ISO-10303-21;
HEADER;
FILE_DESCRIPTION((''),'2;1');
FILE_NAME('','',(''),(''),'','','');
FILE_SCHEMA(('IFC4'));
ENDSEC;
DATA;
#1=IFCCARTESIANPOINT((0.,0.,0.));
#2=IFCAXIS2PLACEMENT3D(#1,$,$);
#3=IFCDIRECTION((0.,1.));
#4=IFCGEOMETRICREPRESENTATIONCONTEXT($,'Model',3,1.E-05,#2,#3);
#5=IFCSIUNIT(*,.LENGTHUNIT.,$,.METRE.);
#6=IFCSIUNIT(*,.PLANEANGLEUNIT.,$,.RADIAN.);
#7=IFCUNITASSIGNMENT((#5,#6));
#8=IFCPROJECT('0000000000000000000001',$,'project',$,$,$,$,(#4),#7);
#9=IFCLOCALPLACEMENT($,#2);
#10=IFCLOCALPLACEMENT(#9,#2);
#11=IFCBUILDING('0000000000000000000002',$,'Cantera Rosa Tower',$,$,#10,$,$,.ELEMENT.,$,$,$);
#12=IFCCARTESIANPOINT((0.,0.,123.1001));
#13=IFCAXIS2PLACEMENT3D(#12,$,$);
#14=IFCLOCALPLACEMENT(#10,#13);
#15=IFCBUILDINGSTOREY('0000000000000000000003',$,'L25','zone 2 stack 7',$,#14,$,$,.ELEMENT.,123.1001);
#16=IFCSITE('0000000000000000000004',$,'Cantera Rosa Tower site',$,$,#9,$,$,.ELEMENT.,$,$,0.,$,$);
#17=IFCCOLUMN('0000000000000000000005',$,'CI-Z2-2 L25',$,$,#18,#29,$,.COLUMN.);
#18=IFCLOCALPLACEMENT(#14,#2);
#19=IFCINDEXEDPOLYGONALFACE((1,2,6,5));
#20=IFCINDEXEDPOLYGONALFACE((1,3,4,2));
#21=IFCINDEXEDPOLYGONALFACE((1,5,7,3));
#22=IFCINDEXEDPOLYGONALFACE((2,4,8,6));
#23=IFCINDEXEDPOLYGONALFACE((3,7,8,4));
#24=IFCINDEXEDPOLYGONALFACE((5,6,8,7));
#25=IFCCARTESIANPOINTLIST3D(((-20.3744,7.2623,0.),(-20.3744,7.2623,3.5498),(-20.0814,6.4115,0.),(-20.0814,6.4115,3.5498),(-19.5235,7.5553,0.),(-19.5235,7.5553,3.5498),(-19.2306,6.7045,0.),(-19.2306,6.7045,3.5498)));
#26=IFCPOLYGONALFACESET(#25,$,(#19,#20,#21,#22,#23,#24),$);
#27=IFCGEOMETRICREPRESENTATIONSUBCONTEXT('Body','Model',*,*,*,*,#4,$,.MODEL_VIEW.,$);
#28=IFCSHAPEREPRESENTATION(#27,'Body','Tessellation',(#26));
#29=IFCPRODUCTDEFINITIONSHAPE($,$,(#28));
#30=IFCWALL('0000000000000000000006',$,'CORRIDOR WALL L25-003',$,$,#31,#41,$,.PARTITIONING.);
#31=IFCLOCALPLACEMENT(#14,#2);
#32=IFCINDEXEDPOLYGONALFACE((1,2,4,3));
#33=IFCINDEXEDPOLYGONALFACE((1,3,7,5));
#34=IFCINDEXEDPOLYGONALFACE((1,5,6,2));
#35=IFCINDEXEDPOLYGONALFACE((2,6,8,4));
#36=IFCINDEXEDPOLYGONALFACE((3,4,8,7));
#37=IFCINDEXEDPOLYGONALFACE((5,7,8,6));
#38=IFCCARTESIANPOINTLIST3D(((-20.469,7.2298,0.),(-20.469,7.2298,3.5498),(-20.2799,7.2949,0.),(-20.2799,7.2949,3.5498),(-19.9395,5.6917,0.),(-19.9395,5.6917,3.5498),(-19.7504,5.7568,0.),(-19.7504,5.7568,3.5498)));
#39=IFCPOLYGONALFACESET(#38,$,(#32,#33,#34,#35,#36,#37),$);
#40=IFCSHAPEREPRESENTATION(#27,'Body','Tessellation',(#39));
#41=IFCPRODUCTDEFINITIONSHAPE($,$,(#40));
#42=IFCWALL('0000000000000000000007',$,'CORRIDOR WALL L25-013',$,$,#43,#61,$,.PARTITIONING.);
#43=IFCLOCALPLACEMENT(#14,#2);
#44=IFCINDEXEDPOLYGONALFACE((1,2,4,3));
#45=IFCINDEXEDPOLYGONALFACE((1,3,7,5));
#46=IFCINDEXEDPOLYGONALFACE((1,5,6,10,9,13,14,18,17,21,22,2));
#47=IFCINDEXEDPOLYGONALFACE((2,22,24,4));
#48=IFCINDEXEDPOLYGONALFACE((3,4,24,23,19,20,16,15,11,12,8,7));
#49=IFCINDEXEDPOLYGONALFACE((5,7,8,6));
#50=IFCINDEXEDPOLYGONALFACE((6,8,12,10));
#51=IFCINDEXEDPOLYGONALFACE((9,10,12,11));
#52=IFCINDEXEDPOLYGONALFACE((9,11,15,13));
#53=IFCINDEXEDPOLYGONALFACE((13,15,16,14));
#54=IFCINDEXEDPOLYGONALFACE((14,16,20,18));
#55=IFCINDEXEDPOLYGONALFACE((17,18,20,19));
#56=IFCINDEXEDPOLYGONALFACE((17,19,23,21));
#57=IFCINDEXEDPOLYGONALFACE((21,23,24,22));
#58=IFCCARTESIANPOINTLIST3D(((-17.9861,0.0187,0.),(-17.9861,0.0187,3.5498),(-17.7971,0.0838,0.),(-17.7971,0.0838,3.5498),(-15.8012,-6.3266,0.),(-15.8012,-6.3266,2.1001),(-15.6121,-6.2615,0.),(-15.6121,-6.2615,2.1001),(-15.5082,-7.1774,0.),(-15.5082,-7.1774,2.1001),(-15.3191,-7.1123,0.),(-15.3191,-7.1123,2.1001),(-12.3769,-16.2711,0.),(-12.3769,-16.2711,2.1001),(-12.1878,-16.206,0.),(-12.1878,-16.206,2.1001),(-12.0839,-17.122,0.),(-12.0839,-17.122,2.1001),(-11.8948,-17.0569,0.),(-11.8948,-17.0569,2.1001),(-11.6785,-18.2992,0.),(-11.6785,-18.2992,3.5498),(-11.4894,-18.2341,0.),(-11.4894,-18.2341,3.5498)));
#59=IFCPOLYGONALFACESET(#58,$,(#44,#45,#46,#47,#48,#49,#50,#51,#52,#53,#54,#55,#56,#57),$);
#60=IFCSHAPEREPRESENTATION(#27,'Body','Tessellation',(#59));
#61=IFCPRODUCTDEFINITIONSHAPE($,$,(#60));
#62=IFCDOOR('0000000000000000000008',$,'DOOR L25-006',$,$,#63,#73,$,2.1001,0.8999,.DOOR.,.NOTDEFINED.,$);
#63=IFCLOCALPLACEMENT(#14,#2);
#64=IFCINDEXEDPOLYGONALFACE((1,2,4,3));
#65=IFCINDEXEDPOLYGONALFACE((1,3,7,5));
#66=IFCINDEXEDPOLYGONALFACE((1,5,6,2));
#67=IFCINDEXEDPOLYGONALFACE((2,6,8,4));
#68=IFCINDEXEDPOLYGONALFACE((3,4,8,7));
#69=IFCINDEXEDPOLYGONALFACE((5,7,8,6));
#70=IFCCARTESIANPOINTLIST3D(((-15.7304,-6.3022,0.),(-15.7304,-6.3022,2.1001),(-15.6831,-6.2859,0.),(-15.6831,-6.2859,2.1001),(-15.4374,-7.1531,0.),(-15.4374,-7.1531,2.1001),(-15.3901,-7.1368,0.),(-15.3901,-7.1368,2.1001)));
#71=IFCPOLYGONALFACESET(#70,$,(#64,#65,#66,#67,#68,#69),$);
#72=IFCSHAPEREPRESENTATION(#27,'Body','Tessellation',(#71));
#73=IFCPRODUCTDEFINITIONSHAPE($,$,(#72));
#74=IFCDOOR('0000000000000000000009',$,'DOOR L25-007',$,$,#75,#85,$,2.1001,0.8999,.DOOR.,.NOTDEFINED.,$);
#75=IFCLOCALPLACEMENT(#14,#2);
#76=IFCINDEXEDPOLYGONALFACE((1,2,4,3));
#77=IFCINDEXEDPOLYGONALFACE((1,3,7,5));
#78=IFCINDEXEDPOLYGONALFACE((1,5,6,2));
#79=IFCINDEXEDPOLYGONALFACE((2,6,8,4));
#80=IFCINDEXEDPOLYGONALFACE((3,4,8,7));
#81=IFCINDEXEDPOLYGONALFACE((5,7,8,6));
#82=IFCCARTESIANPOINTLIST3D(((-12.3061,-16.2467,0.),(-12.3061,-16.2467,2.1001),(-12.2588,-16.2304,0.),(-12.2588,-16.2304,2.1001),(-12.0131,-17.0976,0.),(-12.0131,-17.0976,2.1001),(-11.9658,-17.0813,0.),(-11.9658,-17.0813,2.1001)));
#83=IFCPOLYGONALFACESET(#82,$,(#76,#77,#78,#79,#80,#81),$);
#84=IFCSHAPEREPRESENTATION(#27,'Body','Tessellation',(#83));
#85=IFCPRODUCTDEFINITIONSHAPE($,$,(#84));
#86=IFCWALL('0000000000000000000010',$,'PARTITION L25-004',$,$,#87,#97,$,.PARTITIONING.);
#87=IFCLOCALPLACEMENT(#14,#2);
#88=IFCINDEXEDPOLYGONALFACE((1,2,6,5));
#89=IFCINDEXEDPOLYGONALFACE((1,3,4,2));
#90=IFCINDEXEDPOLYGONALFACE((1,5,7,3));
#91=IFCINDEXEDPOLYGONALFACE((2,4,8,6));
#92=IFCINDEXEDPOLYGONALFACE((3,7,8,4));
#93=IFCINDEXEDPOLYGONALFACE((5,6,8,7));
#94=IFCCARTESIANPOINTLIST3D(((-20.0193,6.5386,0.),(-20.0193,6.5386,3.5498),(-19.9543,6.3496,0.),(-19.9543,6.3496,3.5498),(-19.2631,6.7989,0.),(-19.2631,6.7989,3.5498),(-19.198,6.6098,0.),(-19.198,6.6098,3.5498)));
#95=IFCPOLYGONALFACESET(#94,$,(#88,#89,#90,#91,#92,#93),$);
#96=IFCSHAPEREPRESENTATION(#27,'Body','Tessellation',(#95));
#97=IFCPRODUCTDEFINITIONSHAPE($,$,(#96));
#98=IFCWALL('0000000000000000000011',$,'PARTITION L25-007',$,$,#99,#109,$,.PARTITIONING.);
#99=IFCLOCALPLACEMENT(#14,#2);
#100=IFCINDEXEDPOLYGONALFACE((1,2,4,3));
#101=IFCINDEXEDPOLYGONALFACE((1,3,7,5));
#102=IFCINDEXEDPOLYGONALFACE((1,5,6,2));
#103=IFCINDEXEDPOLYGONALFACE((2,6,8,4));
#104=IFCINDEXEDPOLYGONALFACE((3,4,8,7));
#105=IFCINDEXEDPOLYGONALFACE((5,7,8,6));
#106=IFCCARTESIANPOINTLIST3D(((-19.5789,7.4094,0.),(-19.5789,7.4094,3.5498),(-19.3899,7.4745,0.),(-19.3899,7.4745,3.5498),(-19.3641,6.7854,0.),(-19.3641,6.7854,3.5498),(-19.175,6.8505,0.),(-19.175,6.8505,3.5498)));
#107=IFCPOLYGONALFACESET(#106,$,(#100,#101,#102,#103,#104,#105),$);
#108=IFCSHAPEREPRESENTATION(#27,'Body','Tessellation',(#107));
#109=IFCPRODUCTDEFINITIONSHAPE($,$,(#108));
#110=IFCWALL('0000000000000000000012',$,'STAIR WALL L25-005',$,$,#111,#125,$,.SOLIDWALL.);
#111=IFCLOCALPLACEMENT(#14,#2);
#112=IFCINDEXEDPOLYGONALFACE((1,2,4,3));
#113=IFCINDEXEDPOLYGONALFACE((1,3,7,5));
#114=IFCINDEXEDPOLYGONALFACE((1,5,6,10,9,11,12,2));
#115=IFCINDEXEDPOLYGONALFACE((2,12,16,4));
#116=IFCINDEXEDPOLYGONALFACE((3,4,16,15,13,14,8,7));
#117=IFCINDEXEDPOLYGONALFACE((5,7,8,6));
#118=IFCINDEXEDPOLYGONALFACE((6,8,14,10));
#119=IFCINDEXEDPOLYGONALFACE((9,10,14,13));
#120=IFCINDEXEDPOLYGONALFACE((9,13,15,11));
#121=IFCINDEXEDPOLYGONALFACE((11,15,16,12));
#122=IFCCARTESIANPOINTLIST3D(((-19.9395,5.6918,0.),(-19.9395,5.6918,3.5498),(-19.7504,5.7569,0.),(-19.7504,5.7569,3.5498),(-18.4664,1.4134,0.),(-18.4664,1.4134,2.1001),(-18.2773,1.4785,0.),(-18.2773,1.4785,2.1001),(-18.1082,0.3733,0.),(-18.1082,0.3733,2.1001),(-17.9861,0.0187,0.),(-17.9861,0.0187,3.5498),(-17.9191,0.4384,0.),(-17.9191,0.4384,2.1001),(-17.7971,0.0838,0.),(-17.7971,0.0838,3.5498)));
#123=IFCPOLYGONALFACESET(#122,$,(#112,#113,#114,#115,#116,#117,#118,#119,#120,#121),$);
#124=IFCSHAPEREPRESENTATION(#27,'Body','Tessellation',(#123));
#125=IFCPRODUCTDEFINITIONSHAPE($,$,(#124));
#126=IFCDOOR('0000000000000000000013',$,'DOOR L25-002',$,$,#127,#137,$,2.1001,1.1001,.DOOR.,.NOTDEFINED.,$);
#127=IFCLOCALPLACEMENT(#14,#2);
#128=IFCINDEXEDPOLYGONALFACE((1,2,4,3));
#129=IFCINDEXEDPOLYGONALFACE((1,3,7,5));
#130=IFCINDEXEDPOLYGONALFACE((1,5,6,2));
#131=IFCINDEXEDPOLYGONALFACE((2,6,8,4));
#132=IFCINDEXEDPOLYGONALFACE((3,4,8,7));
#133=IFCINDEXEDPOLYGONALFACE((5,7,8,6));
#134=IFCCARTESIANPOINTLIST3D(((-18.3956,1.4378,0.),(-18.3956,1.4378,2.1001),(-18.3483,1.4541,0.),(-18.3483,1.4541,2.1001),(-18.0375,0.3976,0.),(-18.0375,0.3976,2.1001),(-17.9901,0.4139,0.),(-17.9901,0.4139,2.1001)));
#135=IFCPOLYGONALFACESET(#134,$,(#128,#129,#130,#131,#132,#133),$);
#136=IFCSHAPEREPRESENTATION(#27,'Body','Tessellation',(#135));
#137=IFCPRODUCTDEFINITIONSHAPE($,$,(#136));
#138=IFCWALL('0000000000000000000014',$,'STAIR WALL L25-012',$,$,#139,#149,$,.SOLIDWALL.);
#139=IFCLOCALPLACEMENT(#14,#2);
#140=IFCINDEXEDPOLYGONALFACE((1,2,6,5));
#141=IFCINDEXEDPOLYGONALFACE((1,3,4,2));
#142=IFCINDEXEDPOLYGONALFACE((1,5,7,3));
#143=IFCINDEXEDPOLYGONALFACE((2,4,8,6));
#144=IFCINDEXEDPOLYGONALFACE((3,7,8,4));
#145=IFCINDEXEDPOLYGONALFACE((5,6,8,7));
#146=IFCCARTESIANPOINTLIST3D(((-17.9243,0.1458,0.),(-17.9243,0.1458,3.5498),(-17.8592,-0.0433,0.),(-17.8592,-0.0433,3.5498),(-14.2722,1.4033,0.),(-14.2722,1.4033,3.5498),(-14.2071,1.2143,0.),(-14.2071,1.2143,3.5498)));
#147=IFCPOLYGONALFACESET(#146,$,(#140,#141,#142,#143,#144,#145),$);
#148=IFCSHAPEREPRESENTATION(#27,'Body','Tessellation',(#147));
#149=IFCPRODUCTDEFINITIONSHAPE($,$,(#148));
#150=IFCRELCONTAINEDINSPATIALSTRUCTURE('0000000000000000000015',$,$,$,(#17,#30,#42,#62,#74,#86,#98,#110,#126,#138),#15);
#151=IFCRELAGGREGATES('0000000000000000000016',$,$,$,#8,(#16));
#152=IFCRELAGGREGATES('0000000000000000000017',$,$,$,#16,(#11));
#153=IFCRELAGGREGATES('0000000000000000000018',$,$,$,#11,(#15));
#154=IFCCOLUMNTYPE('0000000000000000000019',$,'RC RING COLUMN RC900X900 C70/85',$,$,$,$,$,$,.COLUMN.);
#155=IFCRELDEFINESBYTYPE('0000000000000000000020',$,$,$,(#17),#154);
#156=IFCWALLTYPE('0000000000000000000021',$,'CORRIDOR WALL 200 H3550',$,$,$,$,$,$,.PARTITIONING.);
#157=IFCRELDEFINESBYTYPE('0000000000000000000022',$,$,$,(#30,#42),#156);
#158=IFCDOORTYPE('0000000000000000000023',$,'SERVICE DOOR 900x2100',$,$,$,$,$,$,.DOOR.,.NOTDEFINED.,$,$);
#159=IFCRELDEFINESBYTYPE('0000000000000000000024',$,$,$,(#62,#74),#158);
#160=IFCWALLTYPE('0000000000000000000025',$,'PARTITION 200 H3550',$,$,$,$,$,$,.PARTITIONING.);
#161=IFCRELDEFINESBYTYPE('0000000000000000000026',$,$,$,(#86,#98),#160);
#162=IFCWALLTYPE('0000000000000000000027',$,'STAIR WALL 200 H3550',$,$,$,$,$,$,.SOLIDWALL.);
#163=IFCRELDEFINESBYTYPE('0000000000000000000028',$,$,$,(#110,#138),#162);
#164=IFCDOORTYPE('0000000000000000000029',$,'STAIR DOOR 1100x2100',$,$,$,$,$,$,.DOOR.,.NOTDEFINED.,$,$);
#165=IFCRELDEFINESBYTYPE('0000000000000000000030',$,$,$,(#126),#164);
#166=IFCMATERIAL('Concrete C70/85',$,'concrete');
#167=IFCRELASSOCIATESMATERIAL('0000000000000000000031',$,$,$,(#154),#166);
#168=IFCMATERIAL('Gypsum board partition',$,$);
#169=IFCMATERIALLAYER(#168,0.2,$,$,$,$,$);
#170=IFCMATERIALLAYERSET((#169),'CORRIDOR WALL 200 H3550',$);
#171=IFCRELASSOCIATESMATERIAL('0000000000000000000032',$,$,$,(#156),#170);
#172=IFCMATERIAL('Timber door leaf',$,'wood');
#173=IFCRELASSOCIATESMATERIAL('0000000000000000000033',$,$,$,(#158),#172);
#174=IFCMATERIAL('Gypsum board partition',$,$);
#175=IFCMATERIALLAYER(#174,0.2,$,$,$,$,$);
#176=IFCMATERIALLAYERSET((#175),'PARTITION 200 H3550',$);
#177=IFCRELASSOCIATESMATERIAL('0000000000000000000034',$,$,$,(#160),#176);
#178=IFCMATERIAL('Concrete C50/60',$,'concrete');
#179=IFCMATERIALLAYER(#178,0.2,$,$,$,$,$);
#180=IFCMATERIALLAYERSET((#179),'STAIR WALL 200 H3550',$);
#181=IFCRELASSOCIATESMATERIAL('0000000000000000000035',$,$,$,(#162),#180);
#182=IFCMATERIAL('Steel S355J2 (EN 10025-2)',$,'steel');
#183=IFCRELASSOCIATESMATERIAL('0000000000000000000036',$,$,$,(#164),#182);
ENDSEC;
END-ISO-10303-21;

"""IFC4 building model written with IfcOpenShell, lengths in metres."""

from ifc_helpers import new_model, si_unit, direction, frame, frame_2d, origin, origin_2d, place, context, subcontext, project, spatial, rectangle, extrude, material, layer, layer_set, material_profile, profile_set, type_object, element, fill, save


model = new_model("IFC4")

# Units and contexts
model_context = context("Model", 3, precision=1e-05, world=origin(), true_north=direction((0.0, 1.0)))
body_context = subcontext(model_context, "Body", "Model", "MODEL_VIEW")
ifc_project = project(units=[si_unit("LENGTHUNIT", "METRE"), si_unit("PLANEANGLEUNIT", "RADIAN")], contexts=[model_context])

# Site, building, storey
site_placement = place(None, origin())
site = spatial("IfcSite", under=ifc_project, at=site_placement, Name="Cantera Rosa Tower site", CompositionType="ELEMENT", RefElevation=0.0)
building_placement = place(site_placement, origin())
building = spatial("IfcBuilding", under=site, at=building_placement, Name="Cantera Rosa Tower", CompositionType="ELEMENT")
storey_placement = place(building_placement, frame((0.0, 0.0, 123.1001)))
storey = spatial("IfcBuildingStorey", under=building, at=storey_placement, Name="L25", Description="zone 2 stack 7", CompositionType="ELEMENT", Elevation=123.1001)

# Column
ifc_material_1 = material(Name="Concrete C70/85", Category="concrete")
ifc_material_profile = material_profile(ifc_material_1, rectangle(XDim=0.8999, YDim=0.8999, at=origin_2d()), Name="RC RING COLUMN RC900X900 C70/85")
ifc_profile_set = profile_set([ifc_material_profile], Name="Concrete C70/85")
column_type = type_object("IfcColumnType", Name="RC RING COLUMN RC900X900 C70/85", PredefinedType="COLUMN", material=ifc_profile_set)
column_placement = place(storey_placement, frame((-19.8025, 6.9834, 0.0), z_axis=(0.0, 0.0, 1.0), x_axis=(0.945519, 0.325568, 0.0)))
element("IfcColumn", 1, at=column_placement, inside=storey, type_object=column_type, Name="CI-Z2-2 L25", PredefinedType="COLUMN", context=body_context, shape_type="SweptSolid", body=[
    extrude(rectangle(XDim=0.8999, YDim=0.8999, at=origin_2d()), origin(), (0.0, 0.0, 1.0), 3.5498),
])

# Wall
ifc_material_2 = material(Name="Gypsum board partition")
ifc_layer_1 = layer(ifc_material_2, 0.2)
ifc_layer_set_1 = layer_set([ifc_layer_1], Name="CORRIDOR WALL 200 H3550")
wall_type_1 = type_object("IfcWallType", Name="CORRIDOR WALL 200 H3550", PredefinedType="PARTITIONING", material=ifc_layer_set_1)
wall_1_placement = place(storey_placement, frame((-20.3745, 7.2625, 0.0), z_axis=(0.0, 0.0, 1.0), x_axis=(0.325533, -0.945531, 0.0)))
element("IfcWall", 2, at=wall_1_placement, inside=storey, type_object=wall_type_1, Name="CORRIDOR WALL L25-003", PredefinedType="PARTITIONING", context=body_context, shape_type="SweptSolid", body=[
    extrude(rectangle(XDim=1.6267, YDim=0.2, at=frame_2d((0.8135, 0.0))), origin(), (0.0, 0.0, 1.0), 3.5498),
])

# Wall, openings, doors
wall_2_placement = place(storey_placement, frame((-17.8916, 0.0513, 0.0), z_axis=(0.0, 0.0, 1.0), x_axis=(0.325581, -0.945514, 0.0)))
wall_2 = element("IfcWall", 3, at=wall_2_placement, inside=storey, type_object=wall_type_1, Name="CORRIDOR WALL L25-013", PredefinedType="PARTITIONING", context=body_context, shape_type="SweptSolid", body=[
    extrude(rectangle(XDim=19.3735, YDim=0.2, at=frame_2d((9.6868, 0.0))), origin(), (0.0, 0.0, 1.0), 3.5498),
])
opening_1_placement = place(wall_2_placement, frame((6.7109, 0.0, 0.0)))
opening_1 = element("IfcOpeningElement", 4, at=opening_1_placement, cuts=wall_2, PredefinedType="OPENING", context=body_context, shape_type="SweptSolid", body=[
    extrude(rectangle(XDim=0.8999, YDim=2.1001, at=frame_2d((0.45, 1.05))), frame((0.0, 0.1099, 0.0), z_axis=(0.0, -1.0, 0.0), x_axis=(1.0, 0.0, 0.0)), (0.0, 0.0, 1.0), 0.22),
])
opening_2_placement = place(wall_2_placement, frame((17.2285, 0.0, 0.0)))
opening_2 = element("IfcOpeningElement", 5, at=opening_2_placement, cuts=wall_2, PredefinedType="OPENING", context=body_context, shape_type="SweptSolid", body=[
    extrude(rectangle(XDim=0.8999, YDim=2.1001, at=frame_2d((0.45, 1.05))), frame((0.0, 0.1099, 0.0), z_axis=(0.0, -1.0, 0.0), x_axis=(1.0, 0.0, 0.0)), (0.0, 0.0, 1.0), 0.22),
])
ifc_material_3 = material(Name="Timber door leaf", Category="wood")
door_type_1 = type_object("IfcDoorType", Name="SERVICE DOOR 900x2100", OperationType="NOTDEFINED", PredefinedType="DOOR", material=ifc_material_3)
door_1_placement = place(opening_1_placement, origin())
door_1 = element("IfcDoor", 6, at=door_1_placement, inside=storey, type_object=door_type_1, Name="DOOR L25-006", OperationType="NOTDEFINED", OverallHeight=2.1001, OverallWidth=0.8999, PredefinedType="DOOR", context=body_context, shape_type="SweptSolid", body=[
    extrude(rectangle(XDim=0.8999, YDim=2.1001, at=frame_2d((0.45, 1.05))), frame((0.0, 0.0249, 0.0), z_axis=(0.0, -1.0, 0.0), x_axis=(1.0, 0.0, 0.0)), (0.0, 0.0, 1.0), 0.05),
])
fill(opening_1, door_1)
door_2_placement = place(opening_2_placement, origin())
door_2 = element("IfcDoor", 7, at=door_2_placement, inside=storey, type_object=door_type_1, Name="DOOR L25-007", OperationType="NOTDEFINED", OverallHeight=2.1001, OverallWidth=0.8999, PredefinedType="DOOR", context=body_context, shape_type="SweptSolid", body=[
    extrude(rectangle(XDim=0.8999, YDim=2.1001, at=frame_2d((0.45, 1.05))), frame((0.0, 0.0249, 0.0), z_axis=(0.0, -1.0, 0.0), x_axis=(1.0, 0.0, 0.0)), (0.0, 0.0, 1.0), 0.05),
])
fill(opening_2, door_2)

# Walls
ifc_material_4 = material(Name="Gypsum board partition")
ifc_layer_2 = layer(ifc_material_4, 0.2)
ifc_layer_set_2 = layer_set([ifc_layer_2], Name="PARTITION 200 H3550")
wall_type_2 = type_object("IfcWallType", Name="PARTITION 200 H3550", PredefinedType="PARTITIONING", material=ifc_layer_set_2)
wall_3_placement = place(storey_placement, frame((-19.9868, 6.4441, 0.0), z_axis=(0.0, 0.0, 1.0), x_axis=(0.945587, 0.32537, 0.0)))
element("IfcWall", 8, at=wall_3_placement, inside=storey, type_object=wall_type_2, Name="PARTITION L25-004", PredefinedType="PARTITIONING", context=body_context, shape_type="SweptSolid", body=[
    extrude(rectangle(XDim=0.7998, YDim=0.2, at=frame_2d((0.3999, 0.0))), origin(), (0.0, 0.0, 1.0), 3.5498),
])
wall_4_placement = place(storey_placement, frame((-19.2695, 6.8179, 0.0), z_axis=(0.0, 0.0, 1.0), x_axis=(-0.325535, 0.94553, 0.0)))
element("IfcWall", 9, at=wall_4_placement, inside=storey, type_object=wall_type_2, Name="PARTITION L25-007", PredefinedType="PARTITIONING", context=body_context, shape_type="SweptSolid", body=[
    extrude(rectangle(XDim=0.6599, YDim=0.2, at=frame_2d((0.3301, 0.0))), origin(), (0.0, 0.0, 1.0), 3.5498),
])

# Wall, opening, door
ifc_material_5 = material(Name="Concrete C50/60", Category="concrete")
ifc_layer_3 = layer(ifc_material_5, 0.2)
ifc_layer_set_3 = layer_set([ifc_layer_3], Name="STAIR WALL 200 H3550")
wall_type_3 = type_object("IfcWallType", Name="STAIR WALL 200 H3550", PredefinedType="SOLIDWALL", material=ifc_layer_set_3)
wall_5_placement = place(storey_placement, frame((-19.845, 5.7244, 0.0), z_axis=(0.0, 0.0, 1.0), x_axis=(0.325563, -0.94552, 0.0)))
wall_5 = element("IfcWall", 10, at=wall_5_placement, inside=storey, type_object=wall_type_3, Name="STAIR WALL L25-005", PredefinedType="SOLIDWALL", context=body_context, shape_type="SweptSolid", body=[
    extrude(rectangle(XDim=6.0, YDim=0.2, at=frame_2d((3.0, 0.0))), origin(), (0.0, 0.0, 1.0), 3.5498),
])
opening_3_placement = place(wall_5_placement, frame((4.5249, 0.0, 0.0)))
opening_3 = element("IfcOpeningElement", 11, at=opening_3_placement, cuts=wall_5, PredefinedType="OPENING", context=body_context, shape_type="SweptSolid", body=[
    extrude(rectangle(XDim=1.1001, YDim=2.1001, at=frame_2d((0.55, 1.05))), frame((0.0, 0.1099, 0.0), z_axis=(0.0, -1.0, 0.0), x_axis=(1.0, 0.0, 0.0)), (0.0, 0.0, 1.0), 0.22),
])
ifc_material_6 = material(Name="Steel S355J2 (EN 10025-2)", Category="steel")
door_type_2 = type_object("IfcDoorType", Name="STAIR DOOR 1100x2100", OperationType="NOTDEFINED", PredefinedType="DOOR", material=ifc_material_6)
door_3_placement = place(opening_3_placement, origin())
door_3 = element("IfcDoor", 12, at=door_3_placement, inside=storey, type_object=door_type_2, Name="DOOR L25-002", OperationType="NOTDEFINED", OverallHeight=2.1001, OverallWidth=1.1001, PredefinedType="DOOR", context=body_context, shape_type="SweptSolid", body=[
    extrude(rectangle(XDim=1.1001, YDim=2.1001, at=frame_2d((0.55, 1.05))), frame((0.0, 0.0249, 0.0), z_axis=(0.0, -1.0, 0.0), x_axis=(1.0, 0.0, 0.0)), (0.0, 0.0, 1.0), 0.05),
])
fill(opening_3, door_3)

# Wall
wall_6_placement = place(storey_placement, frame((-17.8916, 0.0513, 0.0), z_axis=(0.0, 0.0, 1.0), x_axis=(0.945515, 0.32558, 0.0)))
element("IfcWall", 13, at=wall_6_placement, inside=storey, type_object=wall_type_3, Name="STAIR WALL L25-012", PredefinedType="SOLIDWALL", context=body_context, shape_type="SweptSolid", body=[
    extrude(rectangle(XDim=3.8625, YDim=0.2, at=frame_2d((1.9312, 0.0))), origin(), (0.0, 0.0, 1.0), 3.5498),
])

save(model, "model.ifc")
